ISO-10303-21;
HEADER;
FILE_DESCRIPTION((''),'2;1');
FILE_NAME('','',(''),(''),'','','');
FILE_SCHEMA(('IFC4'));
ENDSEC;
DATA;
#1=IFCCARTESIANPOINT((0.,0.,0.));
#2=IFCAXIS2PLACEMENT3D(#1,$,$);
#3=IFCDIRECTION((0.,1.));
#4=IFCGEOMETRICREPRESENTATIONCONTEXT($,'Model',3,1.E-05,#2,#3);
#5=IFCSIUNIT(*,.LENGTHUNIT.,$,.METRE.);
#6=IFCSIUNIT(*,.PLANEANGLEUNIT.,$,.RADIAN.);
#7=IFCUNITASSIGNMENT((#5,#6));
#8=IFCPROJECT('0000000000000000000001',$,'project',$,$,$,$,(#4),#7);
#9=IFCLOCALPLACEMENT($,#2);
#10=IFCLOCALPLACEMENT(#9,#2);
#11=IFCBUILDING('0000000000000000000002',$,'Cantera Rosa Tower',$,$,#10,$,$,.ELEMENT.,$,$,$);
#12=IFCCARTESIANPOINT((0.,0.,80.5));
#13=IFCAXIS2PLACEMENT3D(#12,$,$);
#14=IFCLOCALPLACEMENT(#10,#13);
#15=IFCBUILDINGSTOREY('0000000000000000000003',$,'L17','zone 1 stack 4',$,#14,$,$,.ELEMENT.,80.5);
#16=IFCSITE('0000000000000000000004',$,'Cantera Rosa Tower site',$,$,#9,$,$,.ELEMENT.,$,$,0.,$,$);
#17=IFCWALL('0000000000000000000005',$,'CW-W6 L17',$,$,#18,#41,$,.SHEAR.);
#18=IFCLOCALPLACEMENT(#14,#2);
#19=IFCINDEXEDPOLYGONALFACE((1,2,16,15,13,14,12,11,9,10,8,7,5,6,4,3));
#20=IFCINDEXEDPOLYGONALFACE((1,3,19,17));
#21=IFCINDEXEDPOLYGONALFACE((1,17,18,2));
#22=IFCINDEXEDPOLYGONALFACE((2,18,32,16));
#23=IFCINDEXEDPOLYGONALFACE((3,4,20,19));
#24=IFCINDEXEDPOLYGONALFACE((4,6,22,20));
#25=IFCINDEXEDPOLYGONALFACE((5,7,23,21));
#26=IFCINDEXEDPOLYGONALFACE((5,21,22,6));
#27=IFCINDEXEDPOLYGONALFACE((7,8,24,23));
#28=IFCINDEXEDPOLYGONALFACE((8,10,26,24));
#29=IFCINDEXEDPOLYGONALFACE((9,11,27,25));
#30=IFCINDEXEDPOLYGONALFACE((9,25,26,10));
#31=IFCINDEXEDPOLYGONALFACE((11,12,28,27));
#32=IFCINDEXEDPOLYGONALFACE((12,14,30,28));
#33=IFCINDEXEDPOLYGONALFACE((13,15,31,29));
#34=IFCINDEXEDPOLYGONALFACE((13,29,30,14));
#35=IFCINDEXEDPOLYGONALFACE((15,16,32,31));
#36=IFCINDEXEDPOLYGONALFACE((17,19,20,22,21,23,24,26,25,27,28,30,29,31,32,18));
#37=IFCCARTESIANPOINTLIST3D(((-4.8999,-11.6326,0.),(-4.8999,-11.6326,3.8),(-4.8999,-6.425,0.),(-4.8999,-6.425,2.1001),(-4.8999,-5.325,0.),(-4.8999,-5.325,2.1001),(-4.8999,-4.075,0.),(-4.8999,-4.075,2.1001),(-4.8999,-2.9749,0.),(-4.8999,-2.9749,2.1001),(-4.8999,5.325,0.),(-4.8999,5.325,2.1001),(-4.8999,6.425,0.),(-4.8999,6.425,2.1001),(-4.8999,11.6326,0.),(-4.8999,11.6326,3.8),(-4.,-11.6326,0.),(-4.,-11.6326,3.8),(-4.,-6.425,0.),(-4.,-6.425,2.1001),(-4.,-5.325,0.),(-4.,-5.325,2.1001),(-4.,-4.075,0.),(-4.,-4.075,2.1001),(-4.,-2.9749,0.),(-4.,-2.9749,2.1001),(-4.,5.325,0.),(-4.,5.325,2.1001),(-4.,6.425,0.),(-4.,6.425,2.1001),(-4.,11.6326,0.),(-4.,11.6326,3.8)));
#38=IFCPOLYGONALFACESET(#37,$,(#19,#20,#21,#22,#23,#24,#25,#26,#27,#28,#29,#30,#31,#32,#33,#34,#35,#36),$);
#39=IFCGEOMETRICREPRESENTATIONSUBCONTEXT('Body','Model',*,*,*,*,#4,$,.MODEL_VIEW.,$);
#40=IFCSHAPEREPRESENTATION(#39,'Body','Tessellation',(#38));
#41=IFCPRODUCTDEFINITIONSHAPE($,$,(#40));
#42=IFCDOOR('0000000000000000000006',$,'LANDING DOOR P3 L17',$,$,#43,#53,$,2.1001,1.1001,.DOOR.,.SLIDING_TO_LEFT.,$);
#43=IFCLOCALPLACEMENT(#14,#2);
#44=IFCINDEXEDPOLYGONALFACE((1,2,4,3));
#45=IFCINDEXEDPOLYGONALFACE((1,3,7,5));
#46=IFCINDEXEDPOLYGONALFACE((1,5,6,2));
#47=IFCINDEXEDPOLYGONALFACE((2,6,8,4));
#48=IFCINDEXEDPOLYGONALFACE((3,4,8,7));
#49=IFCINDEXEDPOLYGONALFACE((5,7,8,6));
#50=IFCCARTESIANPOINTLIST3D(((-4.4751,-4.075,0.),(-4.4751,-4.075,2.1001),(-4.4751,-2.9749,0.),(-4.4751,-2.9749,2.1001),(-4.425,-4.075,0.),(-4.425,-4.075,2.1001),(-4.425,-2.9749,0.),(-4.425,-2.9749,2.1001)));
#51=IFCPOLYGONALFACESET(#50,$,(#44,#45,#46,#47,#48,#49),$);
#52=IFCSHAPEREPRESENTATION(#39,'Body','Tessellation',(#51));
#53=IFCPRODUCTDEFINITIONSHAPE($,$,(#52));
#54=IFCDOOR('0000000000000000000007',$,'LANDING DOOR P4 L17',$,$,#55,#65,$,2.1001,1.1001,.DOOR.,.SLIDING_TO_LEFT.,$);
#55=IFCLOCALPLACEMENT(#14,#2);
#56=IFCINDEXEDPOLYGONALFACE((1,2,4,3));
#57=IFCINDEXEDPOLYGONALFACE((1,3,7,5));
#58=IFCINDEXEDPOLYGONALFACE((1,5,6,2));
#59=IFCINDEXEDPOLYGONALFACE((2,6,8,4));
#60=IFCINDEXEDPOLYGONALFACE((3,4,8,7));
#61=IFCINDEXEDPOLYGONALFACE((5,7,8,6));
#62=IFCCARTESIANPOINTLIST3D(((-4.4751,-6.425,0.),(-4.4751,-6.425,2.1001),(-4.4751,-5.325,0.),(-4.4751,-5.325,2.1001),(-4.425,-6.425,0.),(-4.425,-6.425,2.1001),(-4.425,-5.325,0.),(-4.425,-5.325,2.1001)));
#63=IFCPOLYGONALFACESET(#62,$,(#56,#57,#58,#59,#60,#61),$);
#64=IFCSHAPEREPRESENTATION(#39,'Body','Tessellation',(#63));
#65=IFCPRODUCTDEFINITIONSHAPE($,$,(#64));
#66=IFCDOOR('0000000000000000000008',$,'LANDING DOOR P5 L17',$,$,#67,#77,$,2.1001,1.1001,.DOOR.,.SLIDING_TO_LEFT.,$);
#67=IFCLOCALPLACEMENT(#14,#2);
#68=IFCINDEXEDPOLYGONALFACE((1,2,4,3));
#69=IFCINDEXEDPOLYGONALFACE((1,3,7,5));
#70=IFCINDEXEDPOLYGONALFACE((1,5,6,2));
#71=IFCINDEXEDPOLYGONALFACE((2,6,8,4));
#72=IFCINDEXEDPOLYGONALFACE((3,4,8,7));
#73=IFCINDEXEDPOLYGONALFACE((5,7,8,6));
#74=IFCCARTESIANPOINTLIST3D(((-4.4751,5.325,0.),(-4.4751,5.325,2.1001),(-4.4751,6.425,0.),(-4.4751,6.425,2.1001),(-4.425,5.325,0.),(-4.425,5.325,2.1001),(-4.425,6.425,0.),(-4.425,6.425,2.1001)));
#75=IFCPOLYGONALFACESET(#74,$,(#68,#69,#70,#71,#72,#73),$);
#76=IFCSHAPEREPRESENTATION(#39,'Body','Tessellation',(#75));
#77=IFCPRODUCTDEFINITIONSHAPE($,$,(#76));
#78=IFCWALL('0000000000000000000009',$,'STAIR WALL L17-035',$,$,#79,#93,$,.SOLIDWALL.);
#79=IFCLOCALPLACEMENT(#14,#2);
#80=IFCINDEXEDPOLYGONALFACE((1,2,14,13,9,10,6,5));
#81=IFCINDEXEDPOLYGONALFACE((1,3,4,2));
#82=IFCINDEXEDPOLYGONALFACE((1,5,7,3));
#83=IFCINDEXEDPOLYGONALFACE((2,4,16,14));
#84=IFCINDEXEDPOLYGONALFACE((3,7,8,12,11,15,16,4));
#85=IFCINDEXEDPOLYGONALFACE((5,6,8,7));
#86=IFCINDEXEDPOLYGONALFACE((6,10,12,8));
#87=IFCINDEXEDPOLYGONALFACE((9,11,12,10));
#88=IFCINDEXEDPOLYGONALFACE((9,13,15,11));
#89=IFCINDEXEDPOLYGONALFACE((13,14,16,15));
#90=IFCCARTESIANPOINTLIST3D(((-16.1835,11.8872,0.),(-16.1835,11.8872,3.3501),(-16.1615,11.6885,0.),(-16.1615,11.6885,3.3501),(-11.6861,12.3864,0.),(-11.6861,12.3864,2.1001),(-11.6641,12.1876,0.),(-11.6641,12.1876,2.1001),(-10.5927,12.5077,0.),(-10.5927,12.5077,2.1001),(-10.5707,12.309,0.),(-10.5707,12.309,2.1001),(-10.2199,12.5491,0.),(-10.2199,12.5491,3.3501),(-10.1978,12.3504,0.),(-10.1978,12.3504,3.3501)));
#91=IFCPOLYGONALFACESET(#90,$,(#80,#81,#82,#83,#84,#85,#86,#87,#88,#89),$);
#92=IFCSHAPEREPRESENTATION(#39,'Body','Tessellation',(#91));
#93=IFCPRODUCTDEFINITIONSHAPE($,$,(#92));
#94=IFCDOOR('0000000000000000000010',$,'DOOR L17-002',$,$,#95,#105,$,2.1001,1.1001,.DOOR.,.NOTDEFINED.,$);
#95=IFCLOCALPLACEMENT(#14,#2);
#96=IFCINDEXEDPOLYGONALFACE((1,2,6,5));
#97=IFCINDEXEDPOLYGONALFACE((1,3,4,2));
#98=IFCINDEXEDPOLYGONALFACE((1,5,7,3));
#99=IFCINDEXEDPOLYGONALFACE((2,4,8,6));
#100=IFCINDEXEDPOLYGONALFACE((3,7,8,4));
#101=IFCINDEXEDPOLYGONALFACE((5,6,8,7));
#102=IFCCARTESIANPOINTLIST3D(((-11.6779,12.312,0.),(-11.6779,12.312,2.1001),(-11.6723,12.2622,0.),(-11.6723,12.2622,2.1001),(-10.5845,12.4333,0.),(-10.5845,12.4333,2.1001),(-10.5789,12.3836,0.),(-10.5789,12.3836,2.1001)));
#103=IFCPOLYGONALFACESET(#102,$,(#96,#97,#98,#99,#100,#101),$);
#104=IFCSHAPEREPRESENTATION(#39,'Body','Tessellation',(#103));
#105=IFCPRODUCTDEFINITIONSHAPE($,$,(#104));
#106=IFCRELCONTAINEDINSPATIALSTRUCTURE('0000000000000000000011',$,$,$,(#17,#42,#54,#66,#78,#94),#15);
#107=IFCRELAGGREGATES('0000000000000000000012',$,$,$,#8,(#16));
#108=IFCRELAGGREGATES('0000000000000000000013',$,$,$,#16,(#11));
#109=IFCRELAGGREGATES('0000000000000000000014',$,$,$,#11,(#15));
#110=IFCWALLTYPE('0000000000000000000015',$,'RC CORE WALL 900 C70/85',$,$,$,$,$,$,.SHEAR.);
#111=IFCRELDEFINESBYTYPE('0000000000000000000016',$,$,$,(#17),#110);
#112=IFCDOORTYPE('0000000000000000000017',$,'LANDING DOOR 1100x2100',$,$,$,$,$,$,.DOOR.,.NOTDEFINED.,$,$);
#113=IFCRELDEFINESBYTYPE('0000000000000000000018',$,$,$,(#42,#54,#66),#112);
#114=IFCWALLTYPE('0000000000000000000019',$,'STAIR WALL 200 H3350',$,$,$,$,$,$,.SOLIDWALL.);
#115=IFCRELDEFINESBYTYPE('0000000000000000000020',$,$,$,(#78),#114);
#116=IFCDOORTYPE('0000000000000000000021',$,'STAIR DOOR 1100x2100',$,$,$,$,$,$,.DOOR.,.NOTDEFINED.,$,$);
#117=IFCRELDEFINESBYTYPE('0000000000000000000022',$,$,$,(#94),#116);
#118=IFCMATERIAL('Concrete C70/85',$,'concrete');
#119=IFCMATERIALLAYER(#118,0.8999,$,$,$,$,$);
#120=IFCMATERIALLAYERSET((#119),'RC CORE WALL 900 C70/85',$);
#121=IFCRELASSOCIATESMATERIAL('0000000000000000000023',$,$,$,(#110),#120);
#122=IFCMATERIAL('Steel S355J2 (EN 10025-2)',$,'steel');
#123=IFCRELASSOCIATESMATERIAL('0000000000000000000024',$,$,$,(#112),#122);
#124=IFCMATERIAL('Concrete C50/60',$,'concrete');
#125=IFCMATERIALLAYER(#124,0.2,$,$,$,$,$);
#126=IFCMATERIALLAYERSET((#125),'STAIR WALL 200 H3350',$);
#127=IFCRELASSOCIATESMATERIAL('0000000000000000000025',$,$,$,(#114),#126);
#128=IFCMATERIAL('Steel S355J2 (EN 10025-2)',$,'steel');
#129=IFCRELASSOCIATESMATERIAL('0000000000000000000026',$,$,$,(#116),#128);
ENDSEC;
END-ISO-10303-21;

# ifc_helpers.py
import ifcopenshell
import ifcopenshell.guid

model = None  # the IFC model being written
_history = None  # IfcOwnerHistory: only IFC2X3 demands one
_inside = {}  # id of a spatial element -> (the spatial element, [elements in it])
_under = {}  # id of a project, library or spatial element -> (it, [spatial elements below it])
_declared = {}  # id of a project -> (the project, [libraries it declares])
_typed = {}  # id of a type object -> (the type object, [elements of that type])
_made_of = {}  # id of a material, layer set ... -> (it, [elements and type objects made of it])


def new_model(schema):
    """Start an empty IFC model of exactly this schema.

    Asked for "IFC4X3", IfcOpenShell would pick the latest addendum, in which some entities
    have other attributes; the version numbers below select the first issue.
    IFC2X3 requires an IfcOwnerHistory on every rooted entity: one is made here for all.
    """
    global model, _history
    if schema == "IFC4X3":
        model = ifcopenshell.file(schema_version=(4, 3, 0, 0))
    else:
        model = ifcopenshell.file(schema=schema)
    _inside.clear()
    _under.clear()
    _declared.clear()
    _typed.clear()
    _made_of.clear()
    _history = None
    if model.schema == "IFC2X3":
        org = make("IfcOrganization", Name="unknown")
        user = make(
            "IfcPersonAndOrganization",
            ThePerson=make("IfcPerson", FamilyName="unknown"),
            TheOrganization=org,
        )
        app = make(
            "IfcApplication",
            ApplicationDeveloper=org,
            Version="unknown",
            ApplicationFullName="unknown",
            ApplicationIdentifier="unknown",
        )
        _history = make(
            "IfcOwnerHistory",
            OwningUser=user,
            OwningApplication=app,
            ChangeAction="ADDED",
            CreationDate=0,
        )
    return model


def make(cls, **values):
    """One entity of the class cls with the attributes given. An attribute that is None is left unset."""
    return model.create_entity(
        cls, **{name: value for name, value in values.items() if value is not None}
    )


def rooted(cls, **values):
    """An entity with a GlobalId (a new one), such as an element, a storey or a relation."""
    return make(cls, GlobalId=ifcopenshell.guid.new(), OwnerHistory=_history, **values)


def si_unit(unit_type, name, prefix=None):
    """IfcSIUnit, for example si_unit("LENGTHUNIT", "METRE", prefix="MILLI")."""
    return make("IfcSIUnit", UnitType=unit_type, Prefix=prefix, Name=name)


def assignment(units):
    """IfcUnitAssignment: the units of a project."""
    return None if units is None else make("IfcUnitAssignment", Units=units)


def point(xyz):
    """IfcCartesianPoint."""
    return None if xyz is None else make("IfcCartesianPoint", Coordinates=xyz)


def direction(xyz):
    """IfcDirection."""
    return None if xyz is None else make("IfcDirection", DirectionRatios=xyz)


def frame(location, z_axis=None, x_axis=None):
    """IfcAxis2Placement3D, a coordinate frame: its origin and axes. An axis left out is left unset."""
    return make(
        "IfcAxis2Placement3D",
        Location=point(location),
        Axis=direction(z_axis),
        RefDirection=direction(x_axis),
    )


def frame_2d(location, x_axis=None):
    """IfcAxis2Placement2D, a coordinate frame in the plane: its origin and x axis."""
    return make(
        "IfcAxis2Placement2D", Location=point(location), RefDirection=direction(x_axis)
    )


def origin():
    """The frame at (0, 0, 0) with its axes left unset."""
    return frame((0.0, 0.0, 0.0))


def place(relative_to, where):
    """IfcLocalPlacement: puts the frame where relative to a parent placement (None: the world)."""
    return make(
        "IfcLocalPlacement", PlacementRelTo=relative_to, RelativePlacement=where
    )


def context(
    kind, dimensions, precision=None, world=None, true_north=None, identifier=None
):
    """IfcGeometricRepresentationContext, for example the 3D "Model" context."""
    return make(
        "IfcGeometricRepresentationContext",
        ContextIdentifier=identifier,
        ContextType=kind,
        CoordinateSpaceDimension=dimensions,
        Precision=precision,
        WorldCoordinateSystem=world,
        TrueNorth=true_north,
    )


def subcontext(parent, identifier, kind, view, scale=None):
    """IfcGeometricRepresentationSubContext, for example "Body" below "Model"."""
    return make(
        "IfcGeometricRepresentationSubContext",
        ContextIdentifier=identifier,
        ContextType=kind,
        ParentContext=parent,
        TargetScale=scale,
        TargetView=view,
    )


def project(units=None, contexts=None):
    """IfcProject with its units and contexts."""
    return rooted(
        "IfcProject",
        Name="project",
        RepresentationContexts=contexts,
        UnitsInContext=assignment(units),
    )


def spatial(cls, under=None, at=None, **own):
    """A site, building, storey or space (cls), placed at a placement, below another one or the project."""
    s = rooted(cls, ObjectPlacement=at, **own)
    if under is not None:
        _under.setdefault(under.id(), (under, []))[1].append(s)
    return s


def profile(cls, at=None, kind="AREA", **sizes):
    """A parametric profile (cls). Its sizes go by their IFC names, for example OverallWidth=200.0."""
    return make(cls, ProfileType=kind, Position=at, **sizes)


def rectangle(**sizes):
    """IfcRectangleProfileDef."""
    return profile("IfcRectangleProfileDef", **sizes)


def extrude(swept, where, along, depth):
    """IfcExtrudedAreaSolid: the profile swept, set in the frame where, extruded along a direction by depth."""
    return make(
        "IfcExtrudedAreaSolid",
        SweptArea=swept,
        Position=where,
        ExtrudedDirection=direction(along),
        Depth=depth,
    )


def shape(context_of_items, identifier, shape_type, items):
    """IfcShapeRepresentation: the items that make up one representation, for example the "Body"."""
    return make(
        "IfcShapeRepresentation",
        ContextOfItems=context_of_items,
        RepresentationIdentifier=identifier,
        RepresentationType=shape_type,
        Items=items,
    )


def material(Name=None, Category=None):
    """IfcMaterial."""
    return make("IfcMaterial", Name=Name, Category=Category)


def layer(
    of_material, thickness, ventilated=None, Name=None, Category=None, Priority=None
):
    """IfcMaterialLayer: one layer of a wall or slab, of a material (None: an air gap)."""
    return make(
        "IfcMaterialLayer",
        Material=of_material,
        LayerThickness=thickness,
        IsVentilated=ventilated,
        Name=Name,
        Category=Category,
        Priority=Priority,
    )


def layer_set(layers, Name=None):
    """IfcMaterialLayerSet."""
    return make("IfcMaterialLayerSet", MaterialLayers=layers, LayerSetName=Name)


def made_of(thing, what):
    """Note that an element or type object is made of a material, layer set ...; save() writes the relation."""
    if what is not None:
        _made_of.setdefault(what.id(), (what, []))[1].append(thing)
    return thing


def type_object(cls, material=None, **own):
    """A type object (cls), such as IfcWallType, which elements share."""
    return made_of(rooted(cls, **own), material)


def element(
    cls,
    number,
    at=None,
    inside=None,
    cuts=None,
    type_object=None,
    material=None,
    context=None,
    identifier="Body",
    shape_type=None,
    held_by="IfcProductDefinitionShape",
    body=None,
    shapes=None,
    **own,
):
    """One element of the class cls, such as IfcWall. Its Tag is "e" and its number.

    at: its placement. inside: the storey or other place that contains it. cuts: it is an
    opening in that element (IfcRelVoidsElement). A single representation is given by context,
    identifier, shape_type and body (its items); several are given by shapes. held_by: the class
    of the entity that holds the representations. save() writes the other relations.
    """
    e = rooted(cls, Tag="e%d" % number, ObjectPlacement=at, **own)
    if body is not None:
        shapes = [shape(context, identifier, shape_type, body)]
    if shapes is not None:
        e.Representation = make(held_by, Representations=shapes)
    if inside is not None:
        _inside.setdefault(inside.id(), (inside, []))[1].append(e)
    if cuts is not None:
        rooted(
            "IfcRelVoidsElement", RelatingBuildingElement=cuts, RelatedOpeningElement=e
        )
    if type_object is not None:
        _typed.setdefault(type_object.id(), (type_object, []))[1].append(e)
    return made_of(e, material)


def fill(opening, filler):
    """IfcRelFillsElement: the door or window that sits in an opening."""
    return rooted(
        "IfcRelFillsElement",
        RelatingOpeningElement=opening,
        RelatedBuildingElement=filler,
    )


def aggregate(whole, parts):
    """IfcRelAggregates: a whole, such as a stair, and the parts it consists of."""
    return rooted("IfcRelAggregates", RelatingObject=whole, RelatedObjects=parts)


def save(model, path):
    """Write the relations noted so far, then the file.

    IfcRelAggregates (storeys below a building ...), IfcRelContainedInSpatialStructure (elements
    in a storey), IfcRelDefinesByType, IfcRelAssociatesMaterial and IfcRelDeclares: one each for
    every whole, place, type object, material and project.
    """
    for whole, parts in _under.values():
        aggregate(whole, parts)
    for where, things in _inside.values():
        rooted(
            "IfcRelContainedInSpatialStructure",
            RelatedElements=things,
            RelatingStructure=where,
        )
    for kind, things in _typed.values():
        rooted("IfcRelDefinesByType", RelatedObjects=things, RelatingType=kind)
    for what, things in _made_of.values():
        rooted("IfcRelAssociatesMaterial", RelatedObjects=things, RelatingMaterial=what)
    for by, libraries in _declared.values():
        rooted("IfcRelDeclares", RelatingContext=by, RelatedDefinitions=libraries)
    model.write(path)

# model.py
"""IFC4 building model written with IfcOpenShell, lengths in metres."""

from ifc_helpers import new_model, si_unit, direction, frame, frame_2d, origin, place, context, subcontext, project, spatial, rectangle, extrude, material, layer, layer_set, type_object, element, fill, save


model = new_model("IFC4")

# Units and contexts
model_context = context("Model", 3, precision=1e-05, world=origin(), true_north=direction((0.0, 1.0)))
body_context = subcontext(model_context, "Body", "Model", "MODEL_VIEW")
ifc_project = project(units=[si_unit("LENGTHUNIT", "METRE"), si_unit("PLANEANGLEUNIT", "RADIAN")], contexts=[model_context])

# Site, building, storey
site_placement = place(None, origin())
site = spatial("IfcSite", under=ifc_project, at=site_placement, Name="Cantera Rosa Tower site", CompositionType="ELEMENT", RefElevation=0.0)
building_placement = place(site_placement, origin())
building = spatial("IfcBuilding", under=site, at=building_placement, Name="Cantera Rosa Tower", CompositionType="ELEMENT")
storey_placement = place(building_placement, frame((0.0, 0.0, 80.5)))
storey = spatial("IfcBuildingStorey", under=building, at=storey_placement, Name="L17", Description="zone 1 stack 4", CompositionType="ELEMENT", Elevation=80.5)

# Wall, openings, doors
ifc_material_1 = material(Name="Concrete C70/85", Category="concrete")
ifc_layer_1 = layer(ifc_material_1, 0.8999)
ifc_layer_set_1 = layer_set([ifc_layer_1], Name="RC CORE WALL 900 C70/85")
wall_type_1 = type_object("IfcWallType", Name="RC CORE WALL 900 C70/85", PredefinedType="SHEAR", material=ifc_layer_set_1)
wall_1_placement = place(storey_placement, frame((-4.45, 11.6326, 0.0), z_axis=(0.0, 0.0, 1.0), x_axis=(0.0, -1.0, 0.0)))
wall_1 = element("IfcWall", 1, at=wall_1_placement, inside=storey, type_object=wall_type_1, Name="CW-W6 L17", PredefinedType="SHEAR", context=body_context, shape_type="SweptSolid", body=[
    extrude(rectangle(XDim=23.2651, YDim=0.8999, at=frame_2d((11.6326, 0.0))), origin(), (0.0, 0.0, 1.0), 3.8),
])
opening_1_placement = place(wall_1_placement, frame((14.6074, 0.0, 0.0)))
opening_1 = element("IfcOpeningElement", 2, at=opening_1_placement, cuts=wall_1, PredefinedType="OPENING", context=body_context, shape_type="SweptSolid", body=[
    extrude(rectangle(XDim=1.1001, YDim=2.1001, at=frame_2d((0.55, 1.05))), frame((0.0, 0.46, 0.0), z_axis=(0.0, -1.0, 0.0), x_axis=(1.0, 0.0, 0.0)), (0.0, 0.0, 1.0), 0.9199),
])
opening_2_placement = place(wall_1_placement, frame((16.9575, 0.0, 0.0)))
opening_2 = element("IfcOpeningElement", 3, at=opening_2_placement, cuts=wall_1, PredefinedType="OPENING", context=body_context, shape_type="SweptSolid", body=[
    extrude(rectangle(XDim=1.1001, YDim=2.1001, at=frame_2d((0.55, 1.05))), frame((0.0, 0.46, 0.0), z_axis=(0.0, -1.0, 0.0), x_axis=(1.0, 0.0, 0.0)), (0.0, 0.0, 1.0), 0.9199),
])
opening_3_placement = place(wall_1_placement, frame((5.2075, 0.0, 0.0)))
opening_3 = element("IfcOpeningElement", 4, at=opening_3_placement, cuts=wall_1, PredefinedType="OPENING", context=body_context, shape_type="SweptSolid", body=[
    extrude(rectangle(XDim=1.1001, YDim=2.1001, at=frame_2d((0.55, 1.05))), frame((0.0, 0.46, 0.0), z_axis=(0.0, -1.0, 0.0), x_axis=(1.0, 0.0, 0.0)), (0.0, 0.0, 1.0), 0.9199),
])
ifc_material_2 = material(Name="Steel S355J2 (EN 10025-2)", Category="steel")
door_type_1 = type_object("IfcDoorType", Name="LANDING DOOR 1100x2100", OperationType="NOTDEFINED", PredefinedType="DOOR", material=ifc_material_2)
door_1_placement = place(opening_1_placement, origin())
door_1 = element("IfcDoor", 5, at=door_1_placement, inside=storey, type_object=door_type_1, Name="LANDING DOOR P3 L17", OperationType="SLIDING_TO_LEFT", OverallHeight=2.1001, OverallWidth=1.1001, PredefinedType="DOOR", context=body_context, shape_type="SweptSolid", body=[
    extrude(rectangle(XDim=1.1001, YDim=2.1001, at=frame_2d((0.55, 1.05))), frame((0.0, 0.0249, 0.0), z_axis=(0.0, -1.0, 0.0), x_axis=(1.0, 0.0, 0.0)), (0.0, 0.0, 1.0), 0.05),
])
fill(opening_1, door_1)
door_2_placement = place(opening_2_placement, origin())
door_2 = element("IfcDoor", 6, at=door_2_placement, inside=storey, type_object=door_type_1, Name="LANDING DOOR P4 L17", OperationType="SLIDING_TO_LEFT", OverallHeight=2.1001, OverallWidth=1.1001, PredefinedType="DOOR", context=body_context, shape_type="SweptSolid", body=[
    extrude(rectangle(XDim=1.1001, YDim=2.1001, at=frame_2d((0.55, 1.05))), frame((0.0, 0.0249, 0.0), z_axis=(0.0, -1.0, 0.0), x_axis=(1.0, 0.0, 0.0)), (0.0, 0.0, 1.0), 0.05),
])
fill(opening_2, door_2)
door_3_placement = place(opening_3_placement, origin())
door_3 = element("IfcDoor", 7, at=door_3_placement, inside=storey, type_object=door_type_1, Name="LANDING DOOR P5 L17", OperationType="SLIDING_TO_LEFT", OverallHeight=2.1001, OverallWidth=1.1001, PredefinedType="DOOR", context=body_context, shape_type="SweptSolid", body=[
    extrude(rectangle(XDim=1.1001, YDim=2.1001, at=frame_2d((0.55, 1.05))), frame((0.0, 0.0249, 0.0), z_axis=(0.0, -1.0, 0.0), x_axis=(1.0, 0.0, 0.0)), (0.0, 0.0, 1.0), 0.05),
])
fill(opening_3, door_3)

# Wall, opening, door
ifc_material_3 = material(Name="Concrete C50/60", Category="concrete")
ifc_layer_2 = layer(ifc_material_3, 0.2)
ifc_layer_set_2 = layer_set([ifc_layer_2], Name="STAIR WALL 200 H3350")
wall_type_2 = type_object("IfcWallType", Name="STAIR WALL 200 H3350", PredefinedType="SOLIDWALL", material=ifc_layer_set_2)
wall_2_placement = place(storey_placement, frame((-10.209, 12.4497, 0.0), z_axis=(0.0, 0.0, 1.0), x_axis=(-0.993898, -0.110306, 0.0)))
wall_2 = element("IfcWall", 8, at=wall_2_placement, inside=storey, type_object=wall_type_2, Name="STAIR WALL L17-035", PredefinedType="SOLIDWALL", context=body_context, shape_type="SweptSolid", body=[
    extrude(rectangle(XDim=6.0002, YDim=0.2, at=frame_2d((3.0, 0.0))), origin(), (0.0, 0.0, 1.0), 3.3501),
])
opening_4_placement = place(wall_2_placement, frame((0.375, 0.0, 0.0)))
opening_4 = element("IfcOpeningElement", 9, at=opening_4_placement, cuts=wall_2, PredefinedType="OPENING", context=body_context, shape_type="SweptSolid", body=[
    extrude(rectangle(XDim=1.1001, YDim=2.1001, at=frame_2d((0.55, 1.05))), frame((0.0, 0.1099, 0.0), z_axis=(0.0, -1.0, 0.0), x_axis=(1.0, 0.0, 0.0)), (0.0, 0.0, 1.0), 0.22),
])
ifc_material_4 = material(Name="Steel S355J2 (EN 10025-2)", Category="steel")
door_type_2 = type_object("IfcDoorType", Name="STAIR DOOR 1100x2100", OperationType="NOTDEFINED", PredefinedType="DOOR", material=ifc_material_4)
door_4_placement = place(opening_4_placement, origin())
door_4 = element("IfcDoor", 10, at=door_4_placement, inside=storey, type_object=door_type_2, Name="DOOR L17-002", OperationType="NOTDEFINED", OverallHeight=2.1001, OverallWidth=1.1001, PredefinedType="DOOR", context=body_context, shape_type="SweptSolid", body=[
    extrude(rectangle(XDim=1.1001, YDim=2.1001, at=frame_2d((0.55, 1.05))), frame((0.0, 0.0249, 0.0), z_axis=(0.0, -1.0, 0.0), x_axis=(1.0, 0.0, 0.0)), (0.0, 0.0, 1.0), 0.05),
])
fill(opening_4, door_4)

save(model, "model.ifc")
